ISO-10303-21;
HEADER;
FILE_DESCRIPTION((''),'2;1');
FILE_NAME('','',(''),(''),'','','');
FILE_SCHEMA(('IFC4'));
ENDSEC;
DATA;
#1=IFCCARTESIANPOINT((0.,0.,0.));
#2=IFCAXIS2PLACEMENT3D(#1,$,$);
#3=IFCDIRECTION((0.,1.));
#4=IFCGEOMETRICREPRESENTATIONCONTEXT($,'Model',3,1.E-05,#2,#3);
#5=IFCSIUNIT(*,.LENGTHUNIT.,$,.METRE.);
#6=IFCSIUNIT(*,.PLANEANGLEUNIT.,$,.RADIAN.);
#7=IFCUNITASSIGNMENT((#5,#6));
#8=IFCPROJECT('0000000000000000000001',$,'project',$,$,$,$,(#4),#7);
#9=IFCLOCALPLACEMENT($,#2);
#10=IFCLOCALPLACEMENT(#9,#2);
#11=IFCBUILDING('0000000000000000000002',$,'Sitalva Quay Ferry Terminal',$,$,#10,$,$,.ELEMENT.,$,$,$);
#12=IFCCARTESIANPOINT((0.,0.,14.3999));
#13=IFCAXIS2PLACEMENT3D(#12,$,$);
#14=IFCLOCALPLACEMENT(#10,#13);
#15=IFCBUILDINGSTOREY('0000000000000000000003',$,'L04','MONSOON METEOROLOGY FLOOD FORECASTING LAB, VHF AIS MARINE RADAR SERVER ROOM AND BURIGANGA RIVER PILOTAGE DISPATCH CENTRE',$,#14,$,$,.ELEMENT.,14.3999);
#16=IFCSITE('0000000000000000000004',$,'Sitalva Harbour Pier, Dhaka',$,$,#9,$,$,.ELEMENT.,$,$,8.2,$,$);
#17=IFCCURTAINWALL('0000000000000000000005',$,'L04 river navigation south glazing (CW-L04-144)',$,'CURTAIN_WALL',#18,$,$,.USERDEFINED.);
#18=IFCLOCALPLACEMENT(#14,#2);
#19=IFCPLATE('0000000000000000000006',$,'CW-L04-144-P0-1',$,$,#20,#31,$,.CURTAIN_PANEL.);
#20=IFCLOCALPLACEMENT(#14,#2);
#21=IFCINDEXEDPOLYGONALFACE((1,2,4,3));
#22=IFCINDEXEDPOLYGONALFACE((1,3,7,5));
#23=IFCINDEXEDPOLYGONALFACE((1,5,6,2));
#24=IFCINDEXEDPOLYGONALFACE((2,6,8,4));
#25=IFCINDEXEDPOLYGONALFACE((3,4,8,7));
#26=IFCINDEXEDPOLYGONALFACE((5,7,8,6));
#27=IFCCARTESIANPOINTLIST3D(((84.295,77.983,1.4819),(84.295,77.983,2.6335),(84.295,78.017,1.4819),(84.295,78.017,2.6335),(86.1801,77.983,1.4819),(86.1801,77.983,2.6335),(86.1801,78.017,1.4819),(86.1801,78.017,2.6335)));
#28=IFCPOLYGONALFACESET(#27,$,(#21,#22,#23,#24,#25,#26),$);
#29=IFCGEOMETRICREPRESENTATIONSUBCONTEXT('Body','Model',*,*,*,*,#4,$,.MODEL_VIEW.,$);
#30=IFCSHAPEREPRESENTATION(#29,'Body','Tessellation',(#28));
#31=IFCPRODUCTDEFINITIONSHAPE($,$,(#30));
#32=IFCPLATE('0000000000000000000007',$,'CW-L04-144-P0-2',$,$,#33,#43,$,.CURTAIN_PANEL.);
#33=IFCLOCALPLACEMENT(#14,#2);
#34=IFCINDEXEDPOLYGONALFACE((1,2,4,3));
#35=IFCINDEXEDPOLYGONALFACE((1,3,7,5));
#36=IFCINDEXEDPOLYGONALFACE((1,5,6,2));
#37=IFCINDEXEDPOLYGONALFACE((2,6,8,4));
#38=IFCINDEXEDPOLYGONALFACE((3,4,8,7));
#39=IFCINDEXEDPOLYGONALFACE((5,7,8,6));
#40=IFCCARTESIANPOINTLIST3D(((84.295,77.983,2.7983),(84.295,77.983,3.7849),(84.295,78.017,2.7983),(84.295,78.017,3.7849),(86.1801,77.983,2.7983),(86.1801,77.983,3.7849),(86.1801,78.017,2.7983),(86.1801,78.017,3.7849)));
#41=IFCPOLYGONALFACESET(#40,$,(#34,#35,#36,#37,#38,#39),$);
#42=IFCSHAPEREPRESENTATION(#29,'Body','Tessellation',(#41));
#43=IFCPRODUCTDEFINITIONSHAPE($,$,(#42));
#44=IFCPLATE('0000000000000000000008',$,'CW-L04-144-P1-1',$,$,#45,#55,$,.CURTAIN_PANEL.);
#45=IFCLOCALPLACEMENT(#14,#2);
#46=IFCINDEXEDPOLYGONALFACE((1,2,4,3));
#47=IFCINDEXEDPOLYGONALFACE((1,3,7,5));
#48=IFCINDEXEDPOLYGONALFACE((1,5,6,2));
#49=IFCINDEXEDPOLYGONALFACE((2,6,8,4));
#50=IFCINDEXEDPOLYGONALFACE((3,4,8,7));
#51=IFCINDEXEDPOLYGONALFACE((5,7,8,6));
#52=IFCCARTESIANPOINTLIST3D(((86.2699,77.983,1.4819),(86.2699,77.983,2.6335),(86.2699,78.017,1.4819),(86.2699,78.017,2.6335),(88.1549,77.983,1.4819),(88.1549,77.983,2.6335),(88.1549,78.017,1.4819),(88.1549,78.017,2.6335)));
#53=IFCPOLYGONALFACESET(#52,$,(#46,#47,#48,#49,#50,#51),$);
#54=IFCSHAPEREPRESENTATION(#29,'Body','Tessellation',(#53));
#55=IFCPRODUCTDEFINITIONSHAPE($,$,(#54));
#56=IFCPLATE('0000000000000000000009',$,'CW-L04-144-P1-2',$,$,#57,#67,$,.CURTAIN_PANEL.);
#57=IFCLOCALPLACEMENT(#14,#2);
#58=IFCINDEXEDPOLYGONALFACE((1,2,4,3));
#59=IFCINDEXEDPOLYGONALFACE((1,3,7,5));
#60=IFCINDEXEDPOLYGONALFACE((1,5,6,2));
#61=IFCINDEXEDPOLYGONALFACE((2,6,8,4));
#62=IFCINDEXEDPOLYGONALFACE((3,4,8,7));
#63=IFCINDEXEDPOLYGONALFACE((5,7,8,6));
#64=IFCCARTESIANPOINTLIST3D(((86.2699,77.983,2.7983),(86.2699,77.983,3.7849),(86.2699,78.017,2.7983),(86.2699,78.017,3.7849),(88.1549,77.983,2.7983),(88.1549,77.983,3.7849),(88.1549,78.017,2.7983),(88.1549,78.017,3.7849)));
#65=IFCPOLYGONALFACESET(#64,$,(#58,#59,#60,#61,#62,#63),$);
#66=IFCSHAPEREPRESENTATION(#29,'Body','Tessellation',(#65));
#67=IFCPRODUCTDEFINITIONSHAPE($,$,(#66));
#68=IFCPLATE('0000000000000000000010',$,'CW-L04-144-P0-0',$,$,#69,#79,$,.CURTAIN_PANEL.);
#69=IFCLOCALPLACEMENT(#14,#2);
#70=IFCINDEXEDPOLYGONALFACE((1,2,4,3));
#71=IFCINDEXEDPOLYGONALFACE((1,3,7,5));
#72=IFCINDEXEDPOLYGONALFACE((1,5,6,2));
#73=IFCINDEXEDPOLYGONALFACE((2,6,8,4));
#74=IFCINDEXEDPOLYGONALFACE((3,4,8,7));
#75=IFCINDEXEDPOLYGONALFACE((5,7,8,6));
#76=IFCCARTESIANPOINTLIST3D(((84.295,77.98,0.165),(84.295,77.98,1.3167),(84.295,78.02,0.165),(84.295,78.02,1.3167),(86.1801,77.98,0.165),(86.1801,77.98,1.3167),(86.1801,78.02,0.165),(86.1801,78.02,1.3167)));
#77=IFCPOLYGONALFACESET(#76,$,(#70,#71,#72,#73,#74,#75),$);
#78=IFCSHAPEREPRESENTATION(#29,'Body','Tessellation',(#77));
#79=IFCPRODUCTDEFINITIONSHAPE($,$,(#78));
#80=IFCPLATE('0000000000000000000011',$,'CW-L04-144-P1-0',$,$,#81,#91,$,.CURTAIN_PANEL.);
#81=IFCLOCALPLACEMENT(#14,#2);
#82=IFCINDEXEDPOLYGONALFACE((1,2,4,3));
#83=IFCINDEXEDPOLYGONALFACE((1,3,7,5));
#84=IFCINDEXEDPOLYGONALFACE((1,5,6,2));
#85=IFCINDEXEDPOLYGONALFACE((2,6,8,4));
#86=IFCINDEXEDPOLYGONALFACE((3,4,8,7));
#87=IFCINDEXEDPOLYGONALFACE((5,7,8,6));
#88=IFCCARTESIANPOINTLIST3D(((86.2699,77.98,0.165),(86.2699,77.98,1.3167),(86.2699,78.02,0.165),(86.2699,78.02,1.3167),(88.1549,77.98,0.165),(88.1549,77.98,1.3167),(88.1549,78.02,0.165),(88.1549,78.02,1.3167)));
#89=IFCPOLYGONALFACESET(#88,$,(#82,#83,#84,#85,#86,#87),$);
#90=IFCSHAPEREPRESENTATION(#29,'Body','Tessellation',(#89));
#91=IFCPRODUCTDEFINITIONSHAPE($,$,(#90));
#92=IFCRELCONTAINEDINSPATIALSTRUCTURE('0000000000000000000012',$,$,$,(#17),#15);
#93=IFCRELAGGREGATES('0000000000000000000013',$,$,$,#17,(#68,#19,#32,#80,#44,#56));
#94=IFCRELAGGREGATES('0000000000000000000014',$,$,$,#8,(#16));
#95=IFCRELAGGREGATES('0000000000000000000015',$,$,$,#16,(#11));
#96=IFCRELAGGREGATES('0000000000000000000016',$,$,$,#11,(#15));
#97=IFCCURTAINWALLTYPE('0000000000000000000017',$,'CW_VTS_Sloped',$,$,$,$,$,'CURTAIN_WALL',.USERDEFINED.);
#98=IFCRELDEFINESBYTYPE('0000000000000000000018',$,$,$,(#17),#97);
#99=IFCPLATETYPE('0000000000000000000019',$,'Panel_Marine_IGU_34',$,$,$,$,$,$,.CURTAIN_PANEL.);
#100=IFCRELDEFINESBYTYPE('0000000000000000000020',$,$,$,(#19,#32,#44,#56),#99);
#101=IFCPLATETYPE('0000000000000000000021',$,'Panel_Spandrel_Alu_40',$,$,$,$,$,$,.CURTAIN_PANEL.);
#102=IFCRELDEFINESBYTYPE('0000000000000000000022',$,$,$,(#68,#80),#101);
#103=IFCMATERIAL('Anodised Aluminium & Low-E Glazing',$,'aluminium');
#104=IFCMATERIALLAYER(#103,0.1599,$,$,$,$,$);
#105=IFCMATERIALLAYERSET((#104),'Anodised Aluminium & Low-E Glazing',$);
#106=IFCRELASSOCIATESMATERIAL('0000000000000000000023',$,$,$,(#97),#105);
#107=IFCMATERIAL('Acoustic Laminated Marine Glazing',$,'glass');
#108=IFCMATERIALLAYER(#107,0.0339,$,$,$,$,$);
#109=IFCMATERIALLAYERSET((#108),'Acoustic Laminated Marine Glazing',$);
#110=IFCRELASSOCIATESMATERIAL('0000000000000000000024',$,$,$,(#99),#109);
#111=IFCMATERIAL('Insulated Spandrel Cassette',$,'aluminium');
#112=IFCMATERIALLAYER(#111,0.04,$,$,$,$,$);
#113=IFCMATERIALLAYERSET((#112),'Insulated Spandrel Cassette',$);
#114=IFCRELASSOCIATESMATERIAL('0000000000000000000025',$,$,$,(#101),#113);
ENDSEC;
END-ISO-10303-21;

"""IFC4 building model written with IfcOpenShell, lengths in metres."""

from ifc_helpers import new_model, si_unit, direction, frame, origin, origin_2d, place, context, subcontext, project, spatial, rectangle, extrude, material, layer, layer_set, type_object, element, aggregate, save


model = new_model("IFC4")

# Units and contexts
model_context = context("Model", 3, precision=1e-05, world=origin(), true_north=direction((0.0, 1.0)))
body_context = subcontext(model_context, "Body", "Model", "MODEL_VIEW")
ifc_project = project(units=[si_unit("LENGTHUNIT", "METRE"), si_unit("PLANEANGLEUNIT", "RADIAN")], contexts=[model_context])

# Site, building, storey
site_placement = place(None, origin())
site = spatial("IfcSite", under=ifc_project, at=site_placement, Name="Sitalva Harbour Pier, Dhaka", CompositionType="ELEMENT", RefElevation=8.2)
building_placement = place(site_placement, origin())
building = spatial("IfcBuilding", under=site, at=building_placement, Name="Sitalva Quay Ferry Terminal", CompositionType="ELEMENT")
storey_placement = place(building_placement, frame((0.0, 0.0, 14.3999)))
storey = spatial("IfcBuildingStorey", under=building, at=storey_placement, Name="L04", Description="MONSOON METEOROLOGY FLOOD FORECASTING LAB, VHF AIS MARINE RADAR SERVER ROOM AND BURIGANGA RIVER PILOTAGE DISPATCH CENTRE", CompositionType="ELEMENT", Elevation=14.3999)

# Shared definitions
ifc_material_1 = material(Name="Anodised Aluminium & Low-E Glazing", Category="aluminium")
ifc_layer_1 = layer(ifc_material_1, 0.1599)
ifc_layer_set_1 = layer_set([ifc_layer_1], Name="Anodised Aluminium & Low-E Glazing")
curtain_wall_type = type_object("IfcCurtainWallType", Name="CW_VTS_Sloped", ElementType="CURTAIN_WALL", PredefinedType="USERDEFINED", material=ifc_layer_set_1)

# Curtain wall, plates
curtain_wall_1_placement = place(storey_placement, origin())
curtain_wall_1 = element("IfcCurtainWall", 1, at=curtain_wall_1_placement, inside=storey, type_object=curtain_wall_type, Name="L04 river navigation south glazing (CW-L04-144)", ObjectType="CURTAIN_WALL", PredefinedType="USERDEFINED")
ifc_material_2 = material(Name="Acoustic Laminated Marine Glazing", Category="glass")
ifc_layer_2 = layer(ifc_material_2, 0.0339)
ifc_layer_set_2 = layer_set([ifc_layer_2], Name="Acoustic Laminated Marine Glazing")
plate_type_1 = type_object("IfcPlateType", Name="Panel_Marine_IGU_34", PredefinedType="CURTAIN_PANEL", material=ifc_layer_set_2)
plate_1_placement = place(storey_placement, frame((85.2375, 78.0, 1.4819), z_axis=(0.0, 0.0, 1.0), x_axis=(1.0, 0.0, 0.0)))
plate_1 = element("IfcPlate", 2, at=plate_1_placement, type_object=plate_type_1, Name="CW-L04-144-P0-1", PredefinedType="CURTAIN_PANEL", context=body_context, shape_type="SweptSolid", body=[
    extrude(rectangle(XDim=1.885, YDim=0.0339, at=origin_2d()), origin(), (0.0, 0.0, 1.0), 1.1516),
])
plate_2_placement = place(storey_placement, frame((85.2375, 78.0, 2.7983), z_axis=(0.0, 0.0, 1.0), x_axis=(1.0, 0.0, 0.0)))
plate_2 = element("IfcPlate", 3, at=plate_2_placement, type_object=plate_type_1, Name="CW-L04-144-P0-2", PredefinedType="CURTAIN_PANEL", context=body_context, shape_type="SweptSolid", body=[
    extrude(rectangle(XDim=1.885, YDim=0.0339, at=origin_2d()), origin(), (0.0, 0.0, 1.0), 0.9866),
])
plate_3_placement = place(storey_placement, frame((87.2124, 78.0, 1.4819), z_axis=(0.0, 0.0, 1.0), x_axis=(1.0, 0.0, 0.0)))
plate_3 = element("IfcPlate", 4, at=plate_3_placement, type_object=plate_type_1, Name="CW-L04-144-P1-1", PredefinedType="CURTAIN_PANEL", context=body_context, shape_type="SweptSolid", body=[
    extrude(rectangle(XDim=1.885, YDim=0.0339, at=origin_2d()), origin(), (0.0, 0.0, 1.0), 1.1516),
])
plate_4_placement = place(storey_placement, frame((87.2124, 78.0, 2.7983), z_axis=(0.0, 0.0, 1.0), x_axis=(1.0, 0.0, 0.0)))
plate_4 = element("IfcPlate", 5, at=plate_4_placement, type_object=plate_type_1, Name="CW-L04-144-P1-2", PredefinedType="CURTAIN_PANEL", context=body_context, shape_type="SweptSolid", body=[
    extrude(rectangle(XDim=1.885, YDim=0.0339, at=origin_2d()), origin(), (0.0, 0.0, 1.0), 0.9866),
])
ifc_material_3 = material(Name="Insulated Spandrel Cassette", Category="aluminium")
ifc_layer_3 = layer(ifc_material_3, 0.04)
ifc_layer_set_3 = layer_set([ifc_layer_3], Name="Insulated Spandrel Cassette")
plate_type_2 = type_object("IfcPlateType", Name="Panel_Spandrel_Alu_40", PredefinedType="CURTAIN_PANEL", material=ifc_layer_set_3)
plate_5_placement = place(storey_placement, frame((85.2375, 78.0, 0.165), z_axis=(0.0, 0.0, 1.0), x_axis=(1.0, 0.0, 0.0)))
plate_5 = element("IfcPlate", 6, at=plate_5_placement, type_object=plate_type_2, Name="CW-L04-144-P0-0", PredefinedType="CURTAIN_PANEL", context=body_context, shape_type="SweptSolid", body=[
    extrude(rectangle(XDim=1.885, YDim=0.04, at=origin_2d()), origin(), (0.0, 0.0, 1.0), 1.1516),
])
plate_6_placement = place(storey_placement, frame((87.2124, 78.0, 0.165), z_axis=(0.0, 0.0, 1.0), x_axis=(1.0, 0.0, 0.0)))
plate_6 = element("IfcPlate", 7, at=plate_6_placement, type_object=plate_type_2, Name="CW-L04-144-P1-0", PredefinedType="CURTAIN_PANEL", context=body_context, shape_type="SweptSolid", body=[
    extrude(rectangle(XDim=1.885, YDim=0.04, at=origin_2d()), origin(), (0.0, 0.0, 1.0), 1.1516),
])
aggregate(curtain_wall_1, [plate_5, plate_1, plate_2, plate_6, plate_3, plate_4])

save(model, "model.ifc")
